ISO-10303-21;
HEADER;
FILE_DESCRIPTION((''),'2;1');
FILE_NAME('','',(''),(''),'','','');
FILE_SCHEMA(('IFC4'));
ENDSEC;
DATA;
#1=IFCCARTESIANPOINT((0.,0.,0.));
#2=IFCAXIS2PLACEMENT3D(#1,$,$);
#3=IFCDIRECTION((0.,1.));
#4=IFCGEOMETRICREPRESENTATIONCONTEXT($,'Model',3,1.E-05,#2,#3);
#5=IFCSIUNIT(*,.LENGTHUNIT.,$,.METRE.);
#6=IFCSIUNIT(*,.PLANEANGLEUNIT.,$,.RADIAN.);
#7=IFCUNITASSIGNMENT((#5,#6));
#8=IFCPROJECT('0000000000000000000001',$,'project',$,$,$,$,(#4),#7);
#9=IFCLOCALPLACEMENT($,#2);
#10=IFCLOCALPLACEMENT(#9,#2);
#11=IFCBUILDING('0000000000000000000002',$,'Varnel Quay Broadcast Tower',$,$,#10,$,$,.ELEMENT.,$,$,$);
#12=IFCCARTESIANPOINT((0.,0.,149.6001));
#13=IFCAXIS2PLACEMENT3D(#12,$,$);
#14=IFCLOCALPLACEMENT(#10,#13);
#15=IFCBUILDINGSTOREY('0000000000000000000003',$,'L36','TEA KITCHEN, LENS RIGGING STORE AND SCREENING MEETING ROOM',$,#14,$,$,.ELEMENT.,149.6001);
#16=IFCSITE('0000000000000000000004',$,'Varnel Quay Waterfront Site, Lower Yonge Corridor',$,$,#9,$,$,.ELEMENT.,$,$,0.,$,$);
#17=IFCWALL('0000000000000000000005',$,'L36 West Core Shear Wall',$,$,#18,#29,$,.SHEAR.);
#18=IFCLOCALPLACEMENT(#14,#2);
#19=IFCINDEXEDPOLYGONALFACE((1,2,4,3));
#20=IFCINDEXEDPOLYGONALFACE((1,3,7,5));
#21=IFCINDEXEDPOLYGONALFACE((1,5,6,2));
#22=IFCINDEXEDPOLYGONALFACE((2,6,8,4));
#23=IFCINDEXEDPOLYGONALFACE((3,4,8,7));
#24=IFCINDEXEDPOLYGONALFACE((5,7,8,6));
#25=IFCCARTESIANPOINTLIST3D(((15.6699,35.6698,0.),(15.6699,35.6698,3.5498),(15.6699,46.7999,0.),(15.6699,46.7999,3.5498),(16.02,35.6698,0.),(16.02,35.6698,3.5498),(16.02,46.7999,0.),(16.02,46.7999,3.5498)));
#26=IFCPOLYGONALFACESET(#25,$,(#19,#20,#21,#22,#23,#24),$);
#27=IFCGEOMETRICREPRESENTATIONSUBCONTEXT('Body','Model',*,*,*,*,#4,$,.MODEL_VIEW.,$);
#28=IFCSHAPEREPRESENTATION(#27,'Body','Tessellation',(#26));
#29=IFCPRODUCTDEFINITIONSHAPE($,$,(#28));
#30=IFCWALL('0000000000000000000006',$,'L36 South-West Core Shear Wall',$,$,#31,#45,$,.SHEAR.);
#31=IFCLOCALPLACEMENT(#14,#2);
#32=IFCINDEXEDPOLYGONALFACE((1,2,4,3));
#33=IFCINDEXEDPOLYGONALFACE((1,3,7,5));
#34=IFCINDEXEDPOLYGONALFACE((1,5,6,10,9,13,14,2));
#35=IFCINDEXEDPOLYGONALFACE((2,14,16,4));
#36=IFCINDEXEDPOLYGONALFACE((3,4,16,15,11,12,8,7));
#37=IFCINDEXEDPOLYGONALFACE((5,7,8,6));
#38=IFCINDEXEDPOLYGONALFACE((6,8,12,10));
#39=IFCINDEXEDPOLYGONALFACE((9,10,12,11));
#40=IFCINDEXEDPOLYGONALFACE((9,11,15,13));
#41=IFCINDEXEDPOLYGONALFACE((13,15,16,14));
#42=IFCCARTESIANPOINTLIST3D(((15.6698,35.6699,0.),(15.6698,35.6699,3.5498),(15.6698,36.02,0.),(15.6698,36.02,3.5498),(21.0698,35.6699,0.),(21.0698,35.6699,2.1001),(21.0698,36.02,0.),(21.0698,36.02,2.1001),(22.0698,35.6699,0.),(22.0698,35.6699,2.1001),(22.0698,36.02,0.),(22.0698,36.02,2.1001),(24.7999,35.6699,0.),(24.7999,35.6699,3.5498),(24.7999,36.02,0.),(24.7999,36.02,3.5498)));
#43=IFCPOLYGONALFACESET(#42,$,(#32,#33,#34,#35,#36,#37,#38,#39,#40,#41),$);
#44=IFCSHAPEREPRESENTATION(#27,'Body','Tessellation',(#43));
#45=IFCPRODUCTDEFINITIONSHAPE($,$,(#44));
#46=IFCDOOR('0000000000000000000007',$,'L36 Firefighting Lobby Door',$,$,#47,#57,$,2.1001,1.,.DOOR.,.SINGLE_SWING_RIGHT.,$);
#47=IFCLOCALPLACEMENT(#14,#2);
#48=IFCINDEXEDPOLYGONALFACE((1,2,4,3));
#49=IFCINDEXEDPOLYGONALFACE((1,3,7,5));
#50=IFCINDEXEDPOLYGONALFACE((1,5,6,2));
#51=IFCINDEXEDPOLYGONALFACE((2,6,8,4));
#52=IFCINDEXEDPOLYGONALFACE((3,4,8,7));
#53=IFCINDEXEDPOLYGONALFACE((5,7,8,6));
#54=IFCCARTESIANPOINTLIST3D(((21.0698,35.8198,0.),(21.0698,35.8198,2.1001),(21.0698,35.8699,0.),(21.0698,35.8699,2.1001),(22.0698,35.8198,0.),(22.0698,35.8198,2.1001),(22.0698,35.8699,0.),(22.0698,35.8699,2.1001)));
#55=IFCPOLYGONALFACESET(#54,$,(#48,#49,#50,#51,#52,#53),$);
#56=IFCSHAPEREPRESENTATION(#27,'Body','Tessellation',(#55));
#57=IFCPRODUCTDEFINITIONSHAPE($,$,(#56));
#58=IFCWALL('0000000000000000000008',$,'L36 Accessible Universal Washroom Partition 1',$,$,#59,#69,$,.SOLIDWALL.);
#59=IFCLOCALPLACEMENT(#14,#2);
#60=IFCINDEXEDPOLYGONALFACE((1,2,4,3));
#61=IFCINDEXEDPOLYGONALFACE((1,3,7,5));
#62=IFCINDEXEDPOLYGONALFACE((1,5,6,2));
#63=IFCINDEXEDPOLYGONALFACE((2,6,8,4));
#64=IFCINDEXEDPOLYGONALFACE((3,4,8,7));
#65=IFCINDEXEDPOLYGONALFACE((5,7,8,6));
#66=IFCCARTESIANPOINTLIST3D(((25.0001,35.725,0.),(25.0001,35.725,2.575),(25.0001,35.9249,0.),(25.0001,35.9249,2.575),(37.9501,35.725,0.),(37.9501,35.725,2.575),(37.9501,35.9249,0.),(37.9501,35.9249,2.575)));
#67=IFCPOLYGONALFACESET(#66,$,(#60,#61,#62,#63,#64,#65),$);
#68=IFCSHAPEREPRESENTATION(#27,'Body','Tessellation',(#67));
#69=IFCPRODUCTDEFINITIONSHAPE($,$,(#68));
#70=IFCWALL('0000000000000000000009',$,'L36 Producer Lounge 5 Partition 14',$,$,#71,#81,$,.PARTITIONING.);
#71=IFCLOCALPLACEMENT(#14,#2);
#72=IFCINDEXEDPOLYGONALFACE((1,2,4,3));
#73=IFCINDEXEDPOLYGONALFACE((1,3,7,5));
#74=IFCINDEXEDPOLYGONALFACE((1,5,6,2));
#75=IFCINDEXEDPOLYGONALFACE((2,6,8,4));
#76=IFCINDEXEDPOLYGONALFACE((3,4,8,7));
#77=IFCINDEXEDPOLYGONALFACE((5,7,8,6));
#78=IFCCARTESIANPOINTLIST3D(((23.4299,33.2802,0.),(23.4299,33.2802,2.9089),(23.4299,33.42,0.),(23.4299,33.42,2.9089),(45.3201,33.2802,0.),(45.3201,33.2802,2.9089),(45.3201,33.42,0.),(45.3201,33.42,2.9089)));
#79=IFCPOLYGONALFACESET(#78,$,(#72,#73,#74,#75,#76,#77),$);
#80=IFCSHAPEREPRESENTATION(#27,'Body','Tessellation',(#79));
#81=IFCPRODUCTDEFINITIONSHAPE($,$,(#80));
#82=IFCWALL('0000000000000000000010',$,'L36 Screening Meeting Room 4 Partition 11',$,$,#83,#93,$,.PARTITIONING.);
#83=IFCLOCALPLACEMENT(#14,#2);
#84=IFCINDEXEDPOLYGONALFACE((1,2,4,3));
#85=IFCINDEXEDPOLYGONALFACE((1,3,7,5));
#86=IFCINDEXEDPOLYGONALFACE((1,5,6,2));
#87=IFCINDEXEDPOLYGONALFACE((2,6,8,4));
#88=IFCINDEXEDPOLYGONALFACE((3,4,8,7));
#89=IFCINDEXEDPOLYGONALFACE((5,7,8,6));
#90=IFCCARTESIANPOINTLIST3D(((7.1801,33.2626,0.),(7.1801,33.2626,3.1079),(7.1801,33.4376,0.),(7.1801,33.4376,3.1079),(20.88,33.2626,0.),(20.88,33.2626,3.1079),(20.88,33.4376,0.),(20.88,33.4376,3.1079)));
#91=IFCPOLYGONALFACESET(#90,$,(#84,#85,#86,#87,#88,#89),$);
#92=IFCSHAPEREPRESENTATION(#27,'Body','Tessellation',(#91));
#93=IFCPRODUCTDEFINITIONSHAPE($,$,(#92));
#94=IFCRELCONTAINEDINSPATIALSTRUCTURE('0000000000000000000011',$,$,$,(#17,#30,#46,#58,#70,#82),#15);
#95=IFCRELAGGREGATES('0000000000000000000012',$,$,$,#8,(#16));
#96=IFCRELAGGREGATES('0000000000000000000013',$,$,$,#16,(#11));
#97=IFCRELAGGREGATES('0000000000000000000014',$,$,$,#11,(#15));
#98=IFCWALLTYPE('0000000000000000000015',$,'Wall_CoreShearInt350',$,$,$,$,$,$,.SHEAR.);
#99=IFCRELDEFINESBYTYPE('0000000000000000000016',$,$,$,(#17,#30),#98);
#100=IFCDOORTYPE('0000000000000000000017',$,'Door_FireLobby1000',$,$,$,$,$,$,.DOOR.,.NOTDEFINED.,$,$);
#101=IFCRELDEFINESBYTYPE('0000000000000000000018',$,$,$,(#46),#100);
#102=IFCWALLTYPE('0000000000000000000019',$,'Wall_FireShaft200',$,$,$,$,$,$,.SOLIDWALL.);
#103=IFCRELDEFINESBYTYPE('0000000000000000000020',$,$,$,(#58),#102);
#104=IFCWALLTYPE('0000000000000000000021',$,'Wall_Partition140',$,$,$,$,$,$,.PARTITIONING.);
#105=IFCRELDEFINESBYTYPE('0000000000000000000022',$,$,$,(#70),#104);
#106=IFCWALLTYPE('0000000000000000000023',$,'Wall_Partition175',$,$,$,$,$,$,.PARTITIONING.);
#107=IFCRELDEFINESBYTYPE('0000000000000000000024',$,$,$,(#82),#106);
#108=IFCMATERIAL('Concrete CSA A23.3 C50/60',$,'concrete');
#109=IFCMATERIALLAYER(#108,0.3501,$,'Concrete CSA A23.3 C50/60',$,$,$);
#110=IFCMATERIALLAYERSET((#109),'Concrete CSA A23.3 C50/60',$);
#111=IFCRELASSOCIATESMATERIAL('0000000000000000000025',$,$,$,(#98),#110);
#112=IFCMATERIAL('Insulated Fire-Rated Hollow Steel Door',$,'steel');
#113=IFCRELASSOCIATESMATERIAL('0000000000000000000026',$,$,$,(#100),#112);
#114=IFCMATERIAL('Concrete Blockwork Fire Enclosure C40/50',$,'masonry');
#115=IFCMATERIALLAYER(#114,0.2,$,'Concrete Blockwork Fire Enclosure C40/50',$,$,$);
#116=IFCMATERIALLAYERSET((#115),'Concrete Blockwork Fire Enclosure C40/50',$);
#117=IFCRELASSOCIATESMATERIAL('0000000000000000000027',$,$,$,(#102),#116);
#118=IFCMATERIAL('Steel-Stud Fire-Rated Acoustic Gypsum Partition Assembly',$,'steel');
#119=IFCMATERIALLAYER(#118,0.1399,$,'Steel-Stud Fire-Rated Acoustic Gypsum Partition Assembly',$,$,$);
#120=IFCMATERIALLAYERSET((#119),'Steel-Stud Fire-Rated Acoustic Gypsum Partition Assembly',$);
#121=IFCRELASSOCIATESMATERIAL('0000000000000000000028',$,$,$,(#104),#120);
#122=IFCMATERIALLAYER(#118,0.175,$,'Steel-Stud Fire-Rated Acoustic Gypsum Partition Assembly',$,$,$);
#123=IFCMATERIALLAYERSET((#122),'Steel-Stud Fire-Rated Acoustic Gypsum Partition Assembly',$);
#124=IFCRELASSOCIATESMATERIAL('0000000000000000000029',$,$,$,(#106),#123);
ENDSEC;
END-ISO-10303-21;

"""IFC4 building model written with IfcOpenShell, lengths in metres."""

from ifc_helpers import new_model, si_unit, direction, frame, frame_2d, origin, place, context, subcontext, project, spatial, rectangle, extrude, source, transform, mapped, material, layer, layer_set, type_object, type_shapes, element, fill, save


model = new_model("IFC4")

# Units and contexts
model_context = context("Model", 3, precision=1e-05, world=origin(), true_north=direction((0.0, 1.0)))
body_context = subcontext(model_context, "Body", "Model", "MODEL_VIEW")
ifc_project = project(units=[si_unit("LENGTHUNIT", "METRE"), si_unit("PLANEANGLEUNIT", "RADIAN")], contexts=[model_context])

# Site, building, storey
site_placement = place(None, origin())
site = spatial("IfcSite", under=ifc_project, at=site_placement, Name="Varnel Quay Waterfront Site, Lower Yonge Corridor", CompositionType="ELEMENT", RefElevation=0.0)
building_placement = place(site_placement, origin())
building = spatial("IfcBuilding", under=site, at=building_placement, Name="Varnel Quay Broadcast Tower", CompositionType="ELEMENT")
storey_placement = place(building_placement, frame((0.0, 0.0, 149.6001)))
storey = spatial("IfcBuildingStorey", under=building, at=storey_placement, Name="L36", Description="TEA KITCHEN, LENS RIGGING STORE AND SCREENING MEETING ROOM", CompositionType="ELEMENT", Elevation=149.6001)

# Shared definitions
ifc_material_1 = material(Name="Concrete CSA A23.3 C50/60", Category="concrete")

# Shared definitions
ifc_material_2 = material(Name="Insulated Fire-Rated Hollow Steel Door", Category="steel")

# Wall
ifc_layer_1 = layer(ifc_material_1, 0.3501, Name="Concrete CSA A23.3 C50/60")
ifc_layer_set_1 = layer_set([ifc_layer_1], Name="Concrete CSA A23.3 C50/60")
wall_type_1 = type_object("IfcWallType", Name="Wall_CoreShearInt350", PredefinedType="SHEAR", material=ifc_layer_set_1)
wall_1_placement = place(storey_placement, frame((15.845, 35.6699, 0.0), z_axis=(0.0, 0.0, 1.0), x_axis=(0.0, 1.0, 0.0)))
element("IfcWall", 1, at=wall_1_placement, inside=storey, type_object=wall_type_1, Name="L36 West Core Shear Wall", PredefinedType="SHEAR", context=body_context, shape_type="SweptSolid", body=[
    extrude(rectangle(XDim=11.1301, YDim=0.3501, at=frame_2d((5.5649, 0.0))), origin(), (0.0, 0.0, 1.0), 3.5498),
])

# Wall, opening, door
wall_2_placement = place(storey_placement, frame((15.6699, 35.845, 0.0), z_axis=(0.0, 0.0, 1.0), x_axis=(1.0, 0.0, 0.0)))
wall_2 = element("IfcWall", 2, at=wall_2_placement, inside=storey, type_object=wall_type_1, Name="L36 South-West Core Shear Wall", PredefinedType="SHEAR", context=body_context, shape_type="SweptSolid", body=[
    extrude(rectangle(XDim=9.1301, YDim=0.3501, at=frame_2d((4.5649, 0.0))), origin(), (0.0, 0.0, 1.0), 3.5498),
])
opening_1_placement = place(wall_2_placement, frame((5.3999, 0.0, 0.0)))
opening_1 = element("IfcOpeningElement", 3, at=opening_1_placement, cuts=wall_2, PredefinedType="OPENING", context=body_context, shape_type="SweptSolid", body=[
    extrude(rectangle(XDim=1.0, YDim=2.1001, at=frame_2d((0.5, 1.05))), frame((0.0, 0.1851, 0.0), z_axis=(0.0, -1.0, 0.0), x_axis=(1.0, 0.0, 0.0)), (0.0, 0.0, 1.0), 0.3701),
])
door_type_1 = type_object("IfcDoorType", Name="Door_FireLobby1000", OperationType="NOTDEFINED", PredefinedType="DOOR", material=ifc_material_2)
shared_shape_1 = source(origin(), body_context, "Body", "SweptSolid", [
    extrude(rectangle(XDim=1.0, YDim=2.1001, at=frame_2d((0.5, 1.05))), frame((0.0, 0.0249, 0.0), z_axis=(0.0, -1.0, 0.0), x_axis=(1.0, 0.0, 0.0)), (0.0, 0.0, 1.0), 0.05),
])
type_shapes(door_type_1, [shared_shape_1])
door_1_placement = place(opening_1_placement, origin())
door_1 = element("IfcDoor", 4, at=door_1_placement, inside=storey, type_object=door_type_1, Name="L36 Firefighting Lobby Door", OperationType="SINGLE_SWING_RIGHT", OverallHeight=2.1001, OverallWidth=1.0, PredefinedType="DOOR", context=body_context, shape_type="MappedRepresentation", body=[
    mapped(shared_shape_1, transform((0.0, 0.0, 0.0), x_axis=(1.0, 0.0, 0.0), y_axis=(0.0, 1.0, 0.0), z_axis=(0.0, 0.0, 1.0), scale=1.0)),
])
fill(opening_1, door_1)

# Walls
ifc_material_3 = material(Name="Concrete Blockwork Fire Enclosure C40/50", Category="masonry")
ifc_layer_2 = layer(ifc_material_3, 0.2, Name="Concrete Blockwork Fire Enclosure C40/50")
ifc_layer_set_2 = layer_set([ifc_layer_2], Name="Concrete Blockwork Fire Enclosure C40/50")
wall_type_2 = type_object("IfcWallType", Name="Wall_FireShaft200", PredefinedType="SOLIDWALL", material=ifc_layer_set_2)
wall_3_placement = place(storey_placement, frame((25.0, 35.825, 0.0), z_axis=(0.0, 0.0, 1.0), x_axis=(1.0, 0.0, 0.0)))
element("IfcWall", 5, at=wall_3_placement, inside=storey, type_object=wall_type_2, Name="L36 Accessible Universal Washroom Partition 1", PredefinedType="SOLIDWALL", context=body_context, shape_type="SweptSolid", body=[
    extrude(rectangle(XDim=12.95, YDim=0.2, at=frame_2d((6.4751, 0.0))), origin(), (0.0, 0.0, 1.0), 2.575),
])
ifc_material_4 = material(Name="Steel-Stud Fire-Rated Acoustic Gypsum Partition Assembly", Category="steel")
ifc_layer_3 = layer(ifc_material_4, 0.1399, Name="Steel-Stud Fire-Rated Acoustic Gypsum Partition Assembly")
ifc_layer_set_3 = layer_set([ifc_layer_3], Name="Steel-Stud Fire-Rated Acoustic Gypsum Partition Assembly")
wall_type_3 = type_object("IfcWallType", Name="Wall_Partition140", PredefinedType="PARTITIONING", material=ifc_layer_set_3)
wall_4_placement = place(storey_placement, frame((23.4299, 33.3501, 0.0), z_axis=(0.0, 0.0, 1.0), x_axis=(1.0, 0.0, 0.0)))
element("IfcWall", 6, at=wall_4_placement, inside=storey, type_object=wall_type_3, Name="L36 Producer Lounge 5 Partition 14", PredefinedType="PARTITIONING", context=body_context, shape_type="SweptSolid", body=[
    extrude(rectangle(XDim=21.8901, YDim=0.1399, at=frame_2d((10.9451, 0.0))), origin(), (0.0, 0.0, 1.0), 2.9089),
])
ifc_layer_4 = layer(ifc_material_4, 0.175, Name="Steel-Stud Fire-Rated Acoustic Gypsum Partition Assembly")
ifc_layer_set_4 = layer_set([ifc_layer_4], Name="Steel-Stud Fire-Rated Acoustic Gypsum Partition Assembly")
wall_type_4 = type_object("IfcWallType", Name="Wall_Partition175", PredefinedType="PARTITIONING", material=ifc_layer_set_4)
wall_5_placement = place(storey_placement, frame((7.1799, 33.3501, 0.0), z_axis=(0.0, 0.0, 1.0), x_axis=(1.0, 0.0, 0.0)))
element("IfcWall", 7, at=wall_5_placement, inside=storey, type_object=wall_type_4, Name="L36 Screening Meeting Room 4 Partition 11", PredefinedType="PARTITIONING", context=body_context, shape_type="SweptSolid", body=[
    extrude(rectangle(XDim=13.7, YDim=0.175, at=frame_2d((6.8501, 0.0))), origin(), (0.0, 0.0, 1.0), 3.1079),
])

save(model, "model.ifc")
